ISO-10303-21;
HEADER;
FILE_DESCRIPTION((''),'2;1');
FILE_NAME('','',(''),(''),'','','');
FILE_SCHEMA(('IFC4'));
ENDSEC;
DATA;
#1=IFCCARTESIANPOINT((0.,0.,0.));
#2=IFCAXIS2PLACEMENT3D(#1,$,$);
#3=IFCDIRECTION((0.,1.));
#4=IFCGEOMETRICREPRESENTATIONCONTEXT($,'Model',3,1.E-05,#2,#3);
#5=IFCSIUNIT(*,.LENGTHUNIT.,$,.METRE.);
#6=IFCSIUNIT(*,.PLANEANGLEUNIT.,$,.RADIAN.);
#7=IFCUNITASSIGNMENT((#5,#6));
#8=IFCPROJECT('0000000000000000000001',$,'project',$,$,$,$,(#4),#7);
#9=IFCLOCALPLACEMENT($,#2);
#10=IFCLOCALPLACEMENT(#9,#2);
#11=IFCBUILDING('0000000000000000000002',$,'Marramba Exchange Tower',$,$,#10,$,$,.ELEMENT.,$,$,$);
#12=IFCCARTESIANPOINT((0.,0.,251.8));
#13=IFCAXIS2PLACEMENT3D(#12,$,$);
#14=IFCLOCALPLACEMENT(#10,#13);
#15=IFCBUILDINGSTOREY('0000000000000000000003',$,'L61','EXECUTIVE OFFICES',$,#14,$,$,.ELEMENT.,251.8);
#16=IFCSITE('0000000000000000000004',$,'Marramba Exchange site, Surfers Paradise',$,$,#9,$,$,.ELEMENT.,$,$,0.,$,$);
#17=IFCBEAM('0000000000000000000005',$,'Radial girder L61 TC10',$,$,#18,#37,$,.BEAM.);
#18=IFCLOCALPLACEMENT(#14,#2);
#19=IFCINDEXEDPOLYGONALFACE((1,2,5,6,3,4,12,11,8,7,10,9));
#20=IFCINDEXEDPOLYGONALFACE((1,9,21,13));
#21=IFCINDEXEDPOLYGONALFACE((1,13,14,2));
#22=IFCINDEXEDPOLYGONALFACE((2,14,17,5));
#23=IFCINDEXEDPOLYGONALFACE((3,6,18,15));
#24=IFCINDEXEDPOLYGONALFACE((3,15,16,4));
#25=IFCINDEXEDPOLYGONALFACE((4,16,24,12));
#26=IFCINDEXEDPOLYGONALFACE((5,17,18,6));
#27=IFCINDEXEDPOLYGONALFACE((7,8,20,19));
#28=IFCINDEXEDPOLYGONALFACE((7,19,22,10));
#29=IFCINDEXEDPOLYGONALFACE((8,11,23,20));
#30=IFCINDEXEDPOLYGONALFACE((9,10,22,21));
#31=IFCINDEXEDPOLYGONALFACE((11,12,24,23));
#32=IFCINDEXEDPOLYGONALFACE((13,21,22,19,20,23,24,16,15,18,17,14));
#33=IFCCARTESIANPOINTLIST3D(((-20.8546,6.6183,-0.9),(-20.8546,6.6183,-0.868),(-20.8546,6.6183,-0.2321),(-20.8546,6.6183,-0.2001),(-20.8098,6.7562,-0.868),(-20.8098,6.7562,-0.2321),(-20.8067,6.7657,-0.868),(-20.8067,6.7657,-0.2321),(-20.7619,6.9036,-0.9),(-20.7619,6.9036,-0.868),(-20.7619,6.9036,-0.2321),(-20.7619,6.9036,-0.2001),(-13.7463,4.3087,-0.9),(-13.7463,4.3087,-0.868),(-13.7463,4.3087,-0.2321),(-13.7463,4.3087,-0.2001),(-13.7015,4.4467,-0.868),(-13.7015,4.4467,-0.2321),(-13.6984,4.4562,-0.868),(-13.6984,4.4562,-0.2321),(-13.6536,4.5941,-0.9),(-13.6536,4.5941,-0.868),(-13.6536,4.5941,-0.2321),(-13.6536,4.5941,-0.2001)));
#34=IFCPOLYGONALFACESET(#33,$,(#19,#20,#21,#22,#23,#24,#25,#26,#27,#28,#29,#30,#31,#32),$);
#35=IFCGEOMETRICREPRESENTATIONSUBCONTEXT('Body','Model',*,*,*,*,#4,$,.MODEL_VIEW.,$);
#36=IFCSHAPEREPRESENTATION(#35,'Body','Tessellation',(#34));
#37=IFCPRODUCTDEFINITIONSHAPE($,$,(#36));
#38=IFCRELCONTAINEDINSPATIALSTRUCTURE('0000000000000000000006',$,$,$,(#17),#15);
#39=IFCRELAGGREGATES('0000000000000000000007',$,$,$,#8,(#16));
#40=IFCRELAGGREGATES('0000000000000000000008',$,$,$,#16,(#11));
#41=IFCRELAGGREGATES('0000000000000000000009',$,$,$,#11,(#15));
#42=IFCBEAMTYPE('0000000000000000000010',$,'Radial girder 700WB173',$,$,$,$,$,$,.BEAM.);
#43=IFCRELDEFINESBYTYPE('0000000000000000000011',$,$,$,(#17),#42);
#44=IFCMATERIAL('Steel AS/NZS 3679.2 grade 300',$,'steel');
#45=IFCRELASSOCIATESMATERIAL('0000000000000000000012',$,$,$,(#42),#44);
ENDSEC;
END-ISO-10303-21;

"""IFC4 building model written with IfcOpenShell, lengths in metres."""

from ifc_helpers import new_model, si_unit, direction, frame, origin, origin_2d, place, context, subcontext, project, spatial, i_section, extrude, material, material_profile, profile_set, type_object, element, save


model = new_model("IFC4")

# Units and contexts
model_context = context("Model", 3, precision=1e-05, world=origin(), true_north=direction((0.0, 1.0)))
body_context = subcontext(model_context, "Body", "Model", "MODEL_VIEW")
ifc_project = project(units=[si_unit("LENGTHUNIT", "METRE"), si_unit("PLANEANGLEUNIT", "RADIAN")], contexts=[model_context])

# Site, building, storey
site_placement = place(None, origin())
site = spatial("IfcSite", under=ifc_project, at=site_placement, Name="Marramba Exchange site, Surfers Paradise", CompositionType="ELEMENT", RefElevation=0.0)
building_placement = place(site_placement, origin())
building = spatial("IfcBuilding", under=site, at=building_placement, Name="Marramba Exchange Tower", CompositionType="ELEMENT")
storey_placement = place(building_placement, frame((0.0, 0.0, 251.8)))
storey = spatial("IfcBuildingStorey", under=building, at=storey_placement, Name="L61", Description="EXECUTIVE OFFICES", CompositionType="ELEMENT", Elevation=251.8)

# Shared definitions
ifc_material_1 = material(Name="Steel AS/NZS 3679.2 grade 300", Category="steel")

# Beam
ifc_material_profile_1 = material_profile(ifc_material_1, i_section(OverallWidth=0.3, OverallDepth=0.7, WebThickness=0.01, FlangeThickness=0.032, at=origin_2d()), Name="700WB173")
ifc_profile_set_1 = profile_set([ifc_material_profile_1], Name="Steel AS/NZS 3679.2 grade 300")
beam_type_1 = type_object("IfcBeamType", Name="Radial girder 700WB173", PredefinedType="BEAM", material=ifc_profile_set_1)
beam_1_placement = place(storey_placement, frame((-13.7, 4.4514, -0.55), z_axis=(-0.95106, 0.309006, 0.0), x_axis=(-0.309006, -0.95106, 0.0)))
element("IfcBeam", 1, at=beam_1_placement, inside=storey, type_object=beam_type_1, Name="Radial girder L61 TC10", PredefinedType="BEAM", context=body_context, shape_type="SweptSolid", body=[
    extrude(i_section(OverallWidth=0.3, OverallDepth=0.7, WebThickness=0.01, FlangeThickness=0.032, at=origin_2d()), origin(), (0.0, 0.0, 1.0), 7.4741),
])

save(model, "model.ifc")
